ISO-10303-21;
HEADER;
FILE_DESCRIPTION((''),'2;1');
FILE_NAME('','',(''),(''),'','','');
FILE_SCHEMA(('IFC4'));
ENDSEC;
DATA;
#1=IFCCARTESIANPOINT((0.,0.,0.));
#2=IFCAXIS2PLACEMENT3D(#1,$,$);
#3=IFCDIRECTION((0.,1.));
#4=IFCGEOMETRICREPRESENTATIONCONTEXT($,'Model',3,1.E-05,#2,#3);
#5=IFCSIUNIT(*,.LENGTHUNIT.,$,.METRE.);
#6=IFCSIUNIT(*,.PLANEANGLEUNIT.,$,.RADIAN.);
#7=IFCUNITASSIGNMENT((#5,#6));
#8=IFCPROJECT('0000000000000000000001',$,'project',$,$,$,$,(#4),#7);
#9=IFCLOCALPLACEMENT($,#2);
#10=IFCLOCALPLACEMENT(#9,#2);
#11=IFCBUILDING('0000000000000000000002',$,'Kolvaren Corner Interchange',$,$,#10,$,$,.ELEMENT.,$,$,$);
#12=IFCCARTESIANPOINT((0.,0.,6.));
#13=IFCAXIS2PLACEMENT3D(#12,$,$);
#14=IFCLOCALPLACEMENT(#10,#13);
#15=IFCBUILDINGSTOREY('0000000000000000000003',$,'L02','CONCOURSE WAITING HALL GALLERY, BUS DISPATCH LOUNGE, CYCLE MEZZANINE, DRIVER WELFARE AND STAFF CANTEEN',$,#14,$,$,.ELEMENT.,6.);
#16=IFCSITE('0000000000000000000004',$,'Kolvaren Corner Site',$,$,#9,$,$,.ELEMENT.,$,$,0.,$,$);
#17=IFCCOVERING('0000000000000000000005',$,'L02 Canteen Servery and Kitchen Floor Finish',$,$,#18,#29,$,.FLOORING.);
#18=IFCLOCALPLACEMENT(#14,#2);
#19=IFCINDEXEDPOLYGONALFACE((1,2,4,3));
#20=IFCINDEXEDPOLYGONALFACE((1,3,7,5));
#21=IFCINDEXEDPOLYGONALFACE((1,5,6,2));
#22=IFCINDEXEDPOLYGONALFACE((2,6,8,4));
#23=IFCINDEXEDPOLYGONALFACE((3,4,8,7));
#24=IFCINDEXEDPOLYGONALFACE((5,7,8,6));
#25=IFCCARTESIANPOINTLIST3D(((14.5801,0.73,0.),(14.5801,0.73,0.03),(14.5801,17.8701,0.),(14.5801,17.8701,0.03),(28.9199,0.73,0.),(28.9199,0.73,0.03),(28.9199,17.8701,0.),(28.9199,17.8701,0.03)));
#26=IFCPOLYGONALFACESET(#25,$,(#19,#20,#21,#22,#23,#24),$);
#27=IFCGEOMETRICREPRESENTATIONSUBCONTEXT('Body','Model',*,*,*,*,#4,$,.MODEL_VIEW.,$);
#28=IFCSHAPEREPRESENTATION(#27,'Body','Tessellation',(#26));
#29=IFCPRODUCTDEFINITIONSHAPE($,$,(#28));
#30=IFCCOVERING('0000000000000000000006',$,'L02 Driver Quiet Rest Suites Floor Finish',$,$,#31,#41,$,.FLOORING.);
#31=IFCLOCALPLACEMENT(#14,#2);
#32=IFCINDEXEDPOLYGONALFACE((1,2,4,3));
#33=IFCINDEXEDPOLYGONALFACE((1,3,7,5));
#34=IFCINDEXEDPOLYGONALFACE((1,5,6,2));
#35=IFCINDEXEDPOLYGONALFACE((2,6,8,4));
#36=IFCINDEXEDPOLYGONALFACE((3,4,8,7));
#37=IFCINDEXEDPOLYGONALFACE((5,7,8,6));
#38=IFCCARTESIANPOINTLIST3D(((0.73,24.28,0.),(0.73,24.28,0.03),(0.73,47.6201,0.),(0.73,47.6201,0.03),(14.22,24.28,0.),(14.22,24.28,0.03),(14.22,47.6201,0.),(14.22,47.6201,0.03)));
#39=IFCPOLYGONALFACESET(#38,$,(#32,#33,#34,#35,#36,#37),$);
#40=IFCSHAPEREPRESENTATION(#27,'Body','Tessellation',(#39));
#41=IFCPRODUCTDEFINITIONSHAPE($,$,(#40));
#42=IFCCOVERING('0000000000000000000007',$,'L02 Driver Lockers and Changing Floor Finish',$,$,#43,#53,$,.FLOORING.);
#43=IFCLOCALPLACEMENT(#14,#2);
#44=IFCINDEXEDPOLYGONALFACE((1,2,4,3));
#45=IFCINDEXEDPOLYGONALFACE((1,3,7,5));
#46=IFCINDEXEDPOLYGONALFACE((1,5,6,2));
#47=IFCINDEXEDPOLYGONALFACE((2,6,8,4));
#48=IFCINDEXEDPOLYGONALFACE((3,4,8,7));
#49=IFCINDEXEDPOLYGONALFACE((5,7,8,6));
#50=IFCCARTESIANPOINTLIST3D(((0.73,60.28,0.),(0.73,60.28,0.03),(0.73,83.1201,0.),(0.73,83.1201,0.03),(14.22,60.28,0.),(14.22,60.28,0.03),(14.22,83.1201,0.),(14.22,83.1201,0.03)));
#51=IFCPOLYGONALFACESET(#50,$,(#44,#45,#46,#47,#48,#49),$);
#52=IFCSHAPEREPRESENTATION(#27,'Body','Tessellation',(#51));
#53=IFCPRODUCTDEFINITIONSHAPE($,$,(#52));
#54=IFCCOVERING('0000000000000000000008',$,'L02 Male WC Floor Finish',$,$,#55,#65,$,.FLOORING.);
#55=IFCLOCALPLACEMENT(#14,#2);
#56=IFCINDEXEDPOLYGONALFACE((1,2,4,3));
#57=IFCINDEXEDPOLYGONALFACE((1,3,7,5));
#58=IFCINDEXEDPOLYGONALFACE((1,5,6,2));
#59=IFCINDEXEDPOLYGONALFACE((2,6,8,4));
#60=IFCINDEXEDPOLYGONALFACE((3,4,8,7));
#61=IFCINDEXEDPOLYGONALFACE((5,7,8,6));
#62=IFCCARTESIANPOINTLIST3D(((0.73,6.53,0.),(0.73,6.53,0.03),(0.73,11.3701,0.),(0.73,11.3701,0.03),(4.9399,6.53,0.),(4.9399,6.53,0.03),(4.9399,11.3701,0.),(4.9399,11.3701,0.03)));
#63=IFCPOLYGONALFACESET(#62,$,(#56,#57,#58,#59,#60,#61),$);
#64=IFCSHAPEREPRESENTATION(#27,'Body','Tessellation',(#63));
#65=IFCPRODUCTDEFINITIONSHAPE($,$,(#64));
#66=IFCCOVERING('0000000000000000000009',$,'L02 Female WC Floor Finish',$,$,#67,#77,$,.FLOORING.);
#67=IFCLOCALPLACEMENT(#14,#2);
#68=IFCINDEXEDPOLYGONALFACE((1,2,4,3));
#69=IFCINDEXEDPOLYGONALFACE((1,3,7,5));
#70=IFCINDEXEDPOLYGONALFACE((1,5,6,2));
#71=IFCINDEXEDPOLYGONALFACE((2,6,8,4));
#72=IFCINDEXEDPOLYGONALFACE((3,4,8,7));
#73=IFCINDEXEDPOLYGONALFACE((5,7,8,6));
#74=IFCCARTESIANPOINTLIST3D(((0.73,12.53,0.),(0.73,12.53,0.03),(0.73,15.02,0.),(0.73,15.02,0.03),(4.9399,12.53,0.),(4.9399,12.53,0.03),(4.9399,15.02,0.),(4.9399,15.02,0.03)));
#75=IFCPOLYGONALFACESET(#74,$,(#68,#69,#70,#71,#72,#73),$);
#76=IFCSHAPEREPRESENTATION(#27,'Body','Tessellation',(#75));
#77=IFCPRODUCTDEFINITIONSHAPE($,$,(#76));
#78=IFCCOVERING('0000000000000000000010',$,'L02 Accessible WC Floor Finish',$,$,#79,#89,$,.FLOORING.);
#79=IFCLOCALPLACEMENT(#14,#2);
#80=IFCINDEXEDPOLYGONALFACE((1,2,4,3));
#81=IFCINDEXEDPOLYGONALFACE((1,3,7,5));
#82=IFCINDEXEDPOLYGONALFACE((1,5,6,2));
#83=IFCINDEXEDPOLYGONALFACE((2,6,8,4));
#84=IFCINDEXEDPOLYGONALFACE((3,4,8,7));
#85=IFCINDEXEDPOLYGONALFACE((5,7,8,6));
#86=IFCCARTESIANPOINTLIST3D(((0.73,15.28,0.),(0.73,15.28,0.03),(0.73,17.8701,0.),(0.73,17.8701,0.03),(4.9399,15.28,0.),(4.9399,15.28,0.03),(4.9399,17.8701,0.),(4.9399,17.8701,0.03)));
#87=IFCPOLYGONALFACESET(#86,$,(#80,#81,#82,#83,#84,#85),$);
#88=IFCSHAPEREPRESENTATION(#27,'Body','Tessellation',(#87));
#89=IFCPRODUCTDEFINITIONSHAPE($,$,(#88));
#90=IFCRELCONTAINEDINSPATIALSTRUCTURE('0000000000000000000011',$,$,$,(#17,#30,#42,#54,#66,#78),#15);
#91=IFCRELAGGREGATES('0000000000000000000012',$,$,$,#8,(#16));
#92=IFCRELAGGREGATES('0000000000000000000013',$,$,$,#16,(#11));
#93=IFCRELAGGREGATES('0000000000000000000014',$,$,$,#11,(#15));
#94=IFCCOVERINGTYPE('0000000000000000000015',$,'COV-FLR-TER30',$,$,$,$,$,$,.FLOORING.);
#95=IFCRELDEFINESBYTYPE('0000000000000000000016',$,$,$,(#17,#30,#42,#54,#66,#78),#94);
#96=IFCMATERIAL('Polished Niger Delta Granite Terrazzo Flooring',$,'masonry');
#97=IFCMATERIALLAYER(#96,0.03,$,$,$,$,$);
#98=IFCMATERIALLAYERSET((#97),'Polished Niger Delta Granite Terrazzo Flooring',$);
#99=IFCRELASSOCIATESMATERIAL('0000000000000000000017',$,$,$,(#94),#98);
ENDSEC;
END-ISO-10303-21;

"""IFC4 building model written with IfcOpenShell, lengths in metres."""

from ifc_helpers import new_model, si_unit, direction, frame, origin, place, context, subcontext, project, spatial, polyline, outline, extrude, material, layer, layer_set, type_object, element, save


model = new_model("IFC4")

# Units and contexts
model_context = context("Model", 3, precision=1e-05, world=origin(), true_north=direction((0.0, 1.0)))
body_context = subcontext(model_context, "Body", "Model", "MODEL_VIEW")
ifc_project = project(units=[si_unit("LENGTHUNIT", "METRE"), si_unit("PLANEANGLEUNIT", "RADIAN")], contexts=[model_context])

# Site, building, storey
site_placement = place(None, origin())
site = spatial("IfcSite", under=ifc_project, at=site_placement, Name="Kolvaren Corner Site", CompositionType="ELEMENT", RefElevation=0.0)
building_placement = place(site_placement, origin())
building = spatial("IfcBuilding", under=site, at=building_placement, Name="Kolvaren Corner Interchange", CompositionType="ELEMENT")
storey_placement = place(building_placement, frame((0.0, 0.0, 6.0)))
storey = spatial("IfcBuildingStorey", under=building, at=storey_placement, Name="L02", Description="CONCOURSE WAITING HALL GALLERY, BUS DISPATCH LOUNGE, CYCLE MEZZANINE, DRIVER WELFARE AND STAFF CANTEEN", CompositionType="ELEMENT", Elevation=6.0)

# Coverings
ifc_material_1 = material(Name="Polished Niger Delta Granite Terrazzo Flooring", Category="masonry")
ifc_layer_1 = layer(ifc_material_1, 0.03)
ifc_layer_set_1 = layer_set([ifc_layer_1], Name="Polished Niger Delta Granite Terrazzo Flooring")
covering_type_1 = type_object("IfcCoveringType", Name="COV-FLR-TER30", PredefinedType="FLOORING", material=ifc_layer_set_1)
covering_1_placement = place(storey_placement, origin())
element("IfcCovering", 1, at=covering_1_placement, inside=storey, type_object=covering_type_1, Name="L02 Canteen Servery and Kitchen Floor Finish", PredefinedType="FLOORING", context=body_context, shape_type="SweptSolid", body=[
    extrude(outline(polyline([(14.5801, 0.73), (28.9199, 0.73), (28.9199, 17.8701), (14.5801, 17.8701), (14.5801, 0.73)])), origin(), (0.0, 0.0, 1.0), 0.03),
])
covering_2_placement = place(storey_placement, origin())
element("IfcCovering", 2, at=covering_2_placement, inside=storey, type_object=covering_type_1, Name="L02 Driver Quiet Rest Suites Floor Finish", PredefinedType="FLOORING", context=body_context, shape_type="SweptSolid", body=[
    extrude(outline(polyline([(0.73, 24.28), (14.22, 24.28), (14.22, 47.6201), (0.73, 47.6201), (0.73, 24.28)])), origin(), (0.0, 0.0, 1.0), 0.03),
])
covering_3_placement = place(storey_placement, origin())
element("IfcCovering", 3, at=covering_3_placement, inside=storey, type_object=covering_type_1, Name="L02 Driver Lockers and Changing Floor Finish", PredefinedType="FLOORING", context=body_context, shape_type="SweptSolid", body=[
    extrude(outline(polyline([(0.73, 60.28), (14.22, 60.28), (14.22, 83.1201), (0.73, 83.1201), (0.73, 60.28)])), origin(), (0.0, 0.0, 1.0), 0.03),
])
covering_4_placement = place(storey_placement, origin())
element("IfcCovering", 4, at=covering_4_placement, inside=storey, type_object=covering_type_1, Name="L02 Male WC Floor Finish", PredefinedType="FLOORING", context=body_context, shape_type="SweptSolid", body=[
    extrude(outline(polyline([(0.73, 6.53), (4.9399, 6.53), (4.9399, 11.3701), (0.73, 11.3701), (0.73, 6.53)])), origin(), (0.0, 0.0, 1.0), 0.03),
])
covering_5_placement = place(storey_placement, origin())
element("IfcCovering", 5, at=covering_5_placement, inside=storey, type_object=covering_type_1, Name="L02 Female WC Floor Finish", PredefinedType="FLOORING", context=body_context, shape_type="SweptSolid", body=[
    extrude(outline(polyline([(0.73, 12.53), (4.9399, 12.53), (4.9399, 15.02), (0.73, 15.02), (0.73, 12.53)])), origin(), (0.0, 0.0, 1.0), 0.03),
])
covering_6_placement = place(storey_placement, origin())
element("IfcCovering", 6, at=covering_6_placement, inside=storey, type_object=covering_type_1, Name="L02 Accessible WC Floor Finish", PredefinedType="FLOORING", context=body_context, shape_type="SweptSolid", body=[
    extrude(outline(polyline([(0.73, 15.28), (4.9399, 15.28), (4.9399, 17.8701), (0.73, 17.8701), (0.73, 15.28)])), origin(), (0.0, 0.0, 1.0), 0.03),
])

save(model, "model.ifc")
